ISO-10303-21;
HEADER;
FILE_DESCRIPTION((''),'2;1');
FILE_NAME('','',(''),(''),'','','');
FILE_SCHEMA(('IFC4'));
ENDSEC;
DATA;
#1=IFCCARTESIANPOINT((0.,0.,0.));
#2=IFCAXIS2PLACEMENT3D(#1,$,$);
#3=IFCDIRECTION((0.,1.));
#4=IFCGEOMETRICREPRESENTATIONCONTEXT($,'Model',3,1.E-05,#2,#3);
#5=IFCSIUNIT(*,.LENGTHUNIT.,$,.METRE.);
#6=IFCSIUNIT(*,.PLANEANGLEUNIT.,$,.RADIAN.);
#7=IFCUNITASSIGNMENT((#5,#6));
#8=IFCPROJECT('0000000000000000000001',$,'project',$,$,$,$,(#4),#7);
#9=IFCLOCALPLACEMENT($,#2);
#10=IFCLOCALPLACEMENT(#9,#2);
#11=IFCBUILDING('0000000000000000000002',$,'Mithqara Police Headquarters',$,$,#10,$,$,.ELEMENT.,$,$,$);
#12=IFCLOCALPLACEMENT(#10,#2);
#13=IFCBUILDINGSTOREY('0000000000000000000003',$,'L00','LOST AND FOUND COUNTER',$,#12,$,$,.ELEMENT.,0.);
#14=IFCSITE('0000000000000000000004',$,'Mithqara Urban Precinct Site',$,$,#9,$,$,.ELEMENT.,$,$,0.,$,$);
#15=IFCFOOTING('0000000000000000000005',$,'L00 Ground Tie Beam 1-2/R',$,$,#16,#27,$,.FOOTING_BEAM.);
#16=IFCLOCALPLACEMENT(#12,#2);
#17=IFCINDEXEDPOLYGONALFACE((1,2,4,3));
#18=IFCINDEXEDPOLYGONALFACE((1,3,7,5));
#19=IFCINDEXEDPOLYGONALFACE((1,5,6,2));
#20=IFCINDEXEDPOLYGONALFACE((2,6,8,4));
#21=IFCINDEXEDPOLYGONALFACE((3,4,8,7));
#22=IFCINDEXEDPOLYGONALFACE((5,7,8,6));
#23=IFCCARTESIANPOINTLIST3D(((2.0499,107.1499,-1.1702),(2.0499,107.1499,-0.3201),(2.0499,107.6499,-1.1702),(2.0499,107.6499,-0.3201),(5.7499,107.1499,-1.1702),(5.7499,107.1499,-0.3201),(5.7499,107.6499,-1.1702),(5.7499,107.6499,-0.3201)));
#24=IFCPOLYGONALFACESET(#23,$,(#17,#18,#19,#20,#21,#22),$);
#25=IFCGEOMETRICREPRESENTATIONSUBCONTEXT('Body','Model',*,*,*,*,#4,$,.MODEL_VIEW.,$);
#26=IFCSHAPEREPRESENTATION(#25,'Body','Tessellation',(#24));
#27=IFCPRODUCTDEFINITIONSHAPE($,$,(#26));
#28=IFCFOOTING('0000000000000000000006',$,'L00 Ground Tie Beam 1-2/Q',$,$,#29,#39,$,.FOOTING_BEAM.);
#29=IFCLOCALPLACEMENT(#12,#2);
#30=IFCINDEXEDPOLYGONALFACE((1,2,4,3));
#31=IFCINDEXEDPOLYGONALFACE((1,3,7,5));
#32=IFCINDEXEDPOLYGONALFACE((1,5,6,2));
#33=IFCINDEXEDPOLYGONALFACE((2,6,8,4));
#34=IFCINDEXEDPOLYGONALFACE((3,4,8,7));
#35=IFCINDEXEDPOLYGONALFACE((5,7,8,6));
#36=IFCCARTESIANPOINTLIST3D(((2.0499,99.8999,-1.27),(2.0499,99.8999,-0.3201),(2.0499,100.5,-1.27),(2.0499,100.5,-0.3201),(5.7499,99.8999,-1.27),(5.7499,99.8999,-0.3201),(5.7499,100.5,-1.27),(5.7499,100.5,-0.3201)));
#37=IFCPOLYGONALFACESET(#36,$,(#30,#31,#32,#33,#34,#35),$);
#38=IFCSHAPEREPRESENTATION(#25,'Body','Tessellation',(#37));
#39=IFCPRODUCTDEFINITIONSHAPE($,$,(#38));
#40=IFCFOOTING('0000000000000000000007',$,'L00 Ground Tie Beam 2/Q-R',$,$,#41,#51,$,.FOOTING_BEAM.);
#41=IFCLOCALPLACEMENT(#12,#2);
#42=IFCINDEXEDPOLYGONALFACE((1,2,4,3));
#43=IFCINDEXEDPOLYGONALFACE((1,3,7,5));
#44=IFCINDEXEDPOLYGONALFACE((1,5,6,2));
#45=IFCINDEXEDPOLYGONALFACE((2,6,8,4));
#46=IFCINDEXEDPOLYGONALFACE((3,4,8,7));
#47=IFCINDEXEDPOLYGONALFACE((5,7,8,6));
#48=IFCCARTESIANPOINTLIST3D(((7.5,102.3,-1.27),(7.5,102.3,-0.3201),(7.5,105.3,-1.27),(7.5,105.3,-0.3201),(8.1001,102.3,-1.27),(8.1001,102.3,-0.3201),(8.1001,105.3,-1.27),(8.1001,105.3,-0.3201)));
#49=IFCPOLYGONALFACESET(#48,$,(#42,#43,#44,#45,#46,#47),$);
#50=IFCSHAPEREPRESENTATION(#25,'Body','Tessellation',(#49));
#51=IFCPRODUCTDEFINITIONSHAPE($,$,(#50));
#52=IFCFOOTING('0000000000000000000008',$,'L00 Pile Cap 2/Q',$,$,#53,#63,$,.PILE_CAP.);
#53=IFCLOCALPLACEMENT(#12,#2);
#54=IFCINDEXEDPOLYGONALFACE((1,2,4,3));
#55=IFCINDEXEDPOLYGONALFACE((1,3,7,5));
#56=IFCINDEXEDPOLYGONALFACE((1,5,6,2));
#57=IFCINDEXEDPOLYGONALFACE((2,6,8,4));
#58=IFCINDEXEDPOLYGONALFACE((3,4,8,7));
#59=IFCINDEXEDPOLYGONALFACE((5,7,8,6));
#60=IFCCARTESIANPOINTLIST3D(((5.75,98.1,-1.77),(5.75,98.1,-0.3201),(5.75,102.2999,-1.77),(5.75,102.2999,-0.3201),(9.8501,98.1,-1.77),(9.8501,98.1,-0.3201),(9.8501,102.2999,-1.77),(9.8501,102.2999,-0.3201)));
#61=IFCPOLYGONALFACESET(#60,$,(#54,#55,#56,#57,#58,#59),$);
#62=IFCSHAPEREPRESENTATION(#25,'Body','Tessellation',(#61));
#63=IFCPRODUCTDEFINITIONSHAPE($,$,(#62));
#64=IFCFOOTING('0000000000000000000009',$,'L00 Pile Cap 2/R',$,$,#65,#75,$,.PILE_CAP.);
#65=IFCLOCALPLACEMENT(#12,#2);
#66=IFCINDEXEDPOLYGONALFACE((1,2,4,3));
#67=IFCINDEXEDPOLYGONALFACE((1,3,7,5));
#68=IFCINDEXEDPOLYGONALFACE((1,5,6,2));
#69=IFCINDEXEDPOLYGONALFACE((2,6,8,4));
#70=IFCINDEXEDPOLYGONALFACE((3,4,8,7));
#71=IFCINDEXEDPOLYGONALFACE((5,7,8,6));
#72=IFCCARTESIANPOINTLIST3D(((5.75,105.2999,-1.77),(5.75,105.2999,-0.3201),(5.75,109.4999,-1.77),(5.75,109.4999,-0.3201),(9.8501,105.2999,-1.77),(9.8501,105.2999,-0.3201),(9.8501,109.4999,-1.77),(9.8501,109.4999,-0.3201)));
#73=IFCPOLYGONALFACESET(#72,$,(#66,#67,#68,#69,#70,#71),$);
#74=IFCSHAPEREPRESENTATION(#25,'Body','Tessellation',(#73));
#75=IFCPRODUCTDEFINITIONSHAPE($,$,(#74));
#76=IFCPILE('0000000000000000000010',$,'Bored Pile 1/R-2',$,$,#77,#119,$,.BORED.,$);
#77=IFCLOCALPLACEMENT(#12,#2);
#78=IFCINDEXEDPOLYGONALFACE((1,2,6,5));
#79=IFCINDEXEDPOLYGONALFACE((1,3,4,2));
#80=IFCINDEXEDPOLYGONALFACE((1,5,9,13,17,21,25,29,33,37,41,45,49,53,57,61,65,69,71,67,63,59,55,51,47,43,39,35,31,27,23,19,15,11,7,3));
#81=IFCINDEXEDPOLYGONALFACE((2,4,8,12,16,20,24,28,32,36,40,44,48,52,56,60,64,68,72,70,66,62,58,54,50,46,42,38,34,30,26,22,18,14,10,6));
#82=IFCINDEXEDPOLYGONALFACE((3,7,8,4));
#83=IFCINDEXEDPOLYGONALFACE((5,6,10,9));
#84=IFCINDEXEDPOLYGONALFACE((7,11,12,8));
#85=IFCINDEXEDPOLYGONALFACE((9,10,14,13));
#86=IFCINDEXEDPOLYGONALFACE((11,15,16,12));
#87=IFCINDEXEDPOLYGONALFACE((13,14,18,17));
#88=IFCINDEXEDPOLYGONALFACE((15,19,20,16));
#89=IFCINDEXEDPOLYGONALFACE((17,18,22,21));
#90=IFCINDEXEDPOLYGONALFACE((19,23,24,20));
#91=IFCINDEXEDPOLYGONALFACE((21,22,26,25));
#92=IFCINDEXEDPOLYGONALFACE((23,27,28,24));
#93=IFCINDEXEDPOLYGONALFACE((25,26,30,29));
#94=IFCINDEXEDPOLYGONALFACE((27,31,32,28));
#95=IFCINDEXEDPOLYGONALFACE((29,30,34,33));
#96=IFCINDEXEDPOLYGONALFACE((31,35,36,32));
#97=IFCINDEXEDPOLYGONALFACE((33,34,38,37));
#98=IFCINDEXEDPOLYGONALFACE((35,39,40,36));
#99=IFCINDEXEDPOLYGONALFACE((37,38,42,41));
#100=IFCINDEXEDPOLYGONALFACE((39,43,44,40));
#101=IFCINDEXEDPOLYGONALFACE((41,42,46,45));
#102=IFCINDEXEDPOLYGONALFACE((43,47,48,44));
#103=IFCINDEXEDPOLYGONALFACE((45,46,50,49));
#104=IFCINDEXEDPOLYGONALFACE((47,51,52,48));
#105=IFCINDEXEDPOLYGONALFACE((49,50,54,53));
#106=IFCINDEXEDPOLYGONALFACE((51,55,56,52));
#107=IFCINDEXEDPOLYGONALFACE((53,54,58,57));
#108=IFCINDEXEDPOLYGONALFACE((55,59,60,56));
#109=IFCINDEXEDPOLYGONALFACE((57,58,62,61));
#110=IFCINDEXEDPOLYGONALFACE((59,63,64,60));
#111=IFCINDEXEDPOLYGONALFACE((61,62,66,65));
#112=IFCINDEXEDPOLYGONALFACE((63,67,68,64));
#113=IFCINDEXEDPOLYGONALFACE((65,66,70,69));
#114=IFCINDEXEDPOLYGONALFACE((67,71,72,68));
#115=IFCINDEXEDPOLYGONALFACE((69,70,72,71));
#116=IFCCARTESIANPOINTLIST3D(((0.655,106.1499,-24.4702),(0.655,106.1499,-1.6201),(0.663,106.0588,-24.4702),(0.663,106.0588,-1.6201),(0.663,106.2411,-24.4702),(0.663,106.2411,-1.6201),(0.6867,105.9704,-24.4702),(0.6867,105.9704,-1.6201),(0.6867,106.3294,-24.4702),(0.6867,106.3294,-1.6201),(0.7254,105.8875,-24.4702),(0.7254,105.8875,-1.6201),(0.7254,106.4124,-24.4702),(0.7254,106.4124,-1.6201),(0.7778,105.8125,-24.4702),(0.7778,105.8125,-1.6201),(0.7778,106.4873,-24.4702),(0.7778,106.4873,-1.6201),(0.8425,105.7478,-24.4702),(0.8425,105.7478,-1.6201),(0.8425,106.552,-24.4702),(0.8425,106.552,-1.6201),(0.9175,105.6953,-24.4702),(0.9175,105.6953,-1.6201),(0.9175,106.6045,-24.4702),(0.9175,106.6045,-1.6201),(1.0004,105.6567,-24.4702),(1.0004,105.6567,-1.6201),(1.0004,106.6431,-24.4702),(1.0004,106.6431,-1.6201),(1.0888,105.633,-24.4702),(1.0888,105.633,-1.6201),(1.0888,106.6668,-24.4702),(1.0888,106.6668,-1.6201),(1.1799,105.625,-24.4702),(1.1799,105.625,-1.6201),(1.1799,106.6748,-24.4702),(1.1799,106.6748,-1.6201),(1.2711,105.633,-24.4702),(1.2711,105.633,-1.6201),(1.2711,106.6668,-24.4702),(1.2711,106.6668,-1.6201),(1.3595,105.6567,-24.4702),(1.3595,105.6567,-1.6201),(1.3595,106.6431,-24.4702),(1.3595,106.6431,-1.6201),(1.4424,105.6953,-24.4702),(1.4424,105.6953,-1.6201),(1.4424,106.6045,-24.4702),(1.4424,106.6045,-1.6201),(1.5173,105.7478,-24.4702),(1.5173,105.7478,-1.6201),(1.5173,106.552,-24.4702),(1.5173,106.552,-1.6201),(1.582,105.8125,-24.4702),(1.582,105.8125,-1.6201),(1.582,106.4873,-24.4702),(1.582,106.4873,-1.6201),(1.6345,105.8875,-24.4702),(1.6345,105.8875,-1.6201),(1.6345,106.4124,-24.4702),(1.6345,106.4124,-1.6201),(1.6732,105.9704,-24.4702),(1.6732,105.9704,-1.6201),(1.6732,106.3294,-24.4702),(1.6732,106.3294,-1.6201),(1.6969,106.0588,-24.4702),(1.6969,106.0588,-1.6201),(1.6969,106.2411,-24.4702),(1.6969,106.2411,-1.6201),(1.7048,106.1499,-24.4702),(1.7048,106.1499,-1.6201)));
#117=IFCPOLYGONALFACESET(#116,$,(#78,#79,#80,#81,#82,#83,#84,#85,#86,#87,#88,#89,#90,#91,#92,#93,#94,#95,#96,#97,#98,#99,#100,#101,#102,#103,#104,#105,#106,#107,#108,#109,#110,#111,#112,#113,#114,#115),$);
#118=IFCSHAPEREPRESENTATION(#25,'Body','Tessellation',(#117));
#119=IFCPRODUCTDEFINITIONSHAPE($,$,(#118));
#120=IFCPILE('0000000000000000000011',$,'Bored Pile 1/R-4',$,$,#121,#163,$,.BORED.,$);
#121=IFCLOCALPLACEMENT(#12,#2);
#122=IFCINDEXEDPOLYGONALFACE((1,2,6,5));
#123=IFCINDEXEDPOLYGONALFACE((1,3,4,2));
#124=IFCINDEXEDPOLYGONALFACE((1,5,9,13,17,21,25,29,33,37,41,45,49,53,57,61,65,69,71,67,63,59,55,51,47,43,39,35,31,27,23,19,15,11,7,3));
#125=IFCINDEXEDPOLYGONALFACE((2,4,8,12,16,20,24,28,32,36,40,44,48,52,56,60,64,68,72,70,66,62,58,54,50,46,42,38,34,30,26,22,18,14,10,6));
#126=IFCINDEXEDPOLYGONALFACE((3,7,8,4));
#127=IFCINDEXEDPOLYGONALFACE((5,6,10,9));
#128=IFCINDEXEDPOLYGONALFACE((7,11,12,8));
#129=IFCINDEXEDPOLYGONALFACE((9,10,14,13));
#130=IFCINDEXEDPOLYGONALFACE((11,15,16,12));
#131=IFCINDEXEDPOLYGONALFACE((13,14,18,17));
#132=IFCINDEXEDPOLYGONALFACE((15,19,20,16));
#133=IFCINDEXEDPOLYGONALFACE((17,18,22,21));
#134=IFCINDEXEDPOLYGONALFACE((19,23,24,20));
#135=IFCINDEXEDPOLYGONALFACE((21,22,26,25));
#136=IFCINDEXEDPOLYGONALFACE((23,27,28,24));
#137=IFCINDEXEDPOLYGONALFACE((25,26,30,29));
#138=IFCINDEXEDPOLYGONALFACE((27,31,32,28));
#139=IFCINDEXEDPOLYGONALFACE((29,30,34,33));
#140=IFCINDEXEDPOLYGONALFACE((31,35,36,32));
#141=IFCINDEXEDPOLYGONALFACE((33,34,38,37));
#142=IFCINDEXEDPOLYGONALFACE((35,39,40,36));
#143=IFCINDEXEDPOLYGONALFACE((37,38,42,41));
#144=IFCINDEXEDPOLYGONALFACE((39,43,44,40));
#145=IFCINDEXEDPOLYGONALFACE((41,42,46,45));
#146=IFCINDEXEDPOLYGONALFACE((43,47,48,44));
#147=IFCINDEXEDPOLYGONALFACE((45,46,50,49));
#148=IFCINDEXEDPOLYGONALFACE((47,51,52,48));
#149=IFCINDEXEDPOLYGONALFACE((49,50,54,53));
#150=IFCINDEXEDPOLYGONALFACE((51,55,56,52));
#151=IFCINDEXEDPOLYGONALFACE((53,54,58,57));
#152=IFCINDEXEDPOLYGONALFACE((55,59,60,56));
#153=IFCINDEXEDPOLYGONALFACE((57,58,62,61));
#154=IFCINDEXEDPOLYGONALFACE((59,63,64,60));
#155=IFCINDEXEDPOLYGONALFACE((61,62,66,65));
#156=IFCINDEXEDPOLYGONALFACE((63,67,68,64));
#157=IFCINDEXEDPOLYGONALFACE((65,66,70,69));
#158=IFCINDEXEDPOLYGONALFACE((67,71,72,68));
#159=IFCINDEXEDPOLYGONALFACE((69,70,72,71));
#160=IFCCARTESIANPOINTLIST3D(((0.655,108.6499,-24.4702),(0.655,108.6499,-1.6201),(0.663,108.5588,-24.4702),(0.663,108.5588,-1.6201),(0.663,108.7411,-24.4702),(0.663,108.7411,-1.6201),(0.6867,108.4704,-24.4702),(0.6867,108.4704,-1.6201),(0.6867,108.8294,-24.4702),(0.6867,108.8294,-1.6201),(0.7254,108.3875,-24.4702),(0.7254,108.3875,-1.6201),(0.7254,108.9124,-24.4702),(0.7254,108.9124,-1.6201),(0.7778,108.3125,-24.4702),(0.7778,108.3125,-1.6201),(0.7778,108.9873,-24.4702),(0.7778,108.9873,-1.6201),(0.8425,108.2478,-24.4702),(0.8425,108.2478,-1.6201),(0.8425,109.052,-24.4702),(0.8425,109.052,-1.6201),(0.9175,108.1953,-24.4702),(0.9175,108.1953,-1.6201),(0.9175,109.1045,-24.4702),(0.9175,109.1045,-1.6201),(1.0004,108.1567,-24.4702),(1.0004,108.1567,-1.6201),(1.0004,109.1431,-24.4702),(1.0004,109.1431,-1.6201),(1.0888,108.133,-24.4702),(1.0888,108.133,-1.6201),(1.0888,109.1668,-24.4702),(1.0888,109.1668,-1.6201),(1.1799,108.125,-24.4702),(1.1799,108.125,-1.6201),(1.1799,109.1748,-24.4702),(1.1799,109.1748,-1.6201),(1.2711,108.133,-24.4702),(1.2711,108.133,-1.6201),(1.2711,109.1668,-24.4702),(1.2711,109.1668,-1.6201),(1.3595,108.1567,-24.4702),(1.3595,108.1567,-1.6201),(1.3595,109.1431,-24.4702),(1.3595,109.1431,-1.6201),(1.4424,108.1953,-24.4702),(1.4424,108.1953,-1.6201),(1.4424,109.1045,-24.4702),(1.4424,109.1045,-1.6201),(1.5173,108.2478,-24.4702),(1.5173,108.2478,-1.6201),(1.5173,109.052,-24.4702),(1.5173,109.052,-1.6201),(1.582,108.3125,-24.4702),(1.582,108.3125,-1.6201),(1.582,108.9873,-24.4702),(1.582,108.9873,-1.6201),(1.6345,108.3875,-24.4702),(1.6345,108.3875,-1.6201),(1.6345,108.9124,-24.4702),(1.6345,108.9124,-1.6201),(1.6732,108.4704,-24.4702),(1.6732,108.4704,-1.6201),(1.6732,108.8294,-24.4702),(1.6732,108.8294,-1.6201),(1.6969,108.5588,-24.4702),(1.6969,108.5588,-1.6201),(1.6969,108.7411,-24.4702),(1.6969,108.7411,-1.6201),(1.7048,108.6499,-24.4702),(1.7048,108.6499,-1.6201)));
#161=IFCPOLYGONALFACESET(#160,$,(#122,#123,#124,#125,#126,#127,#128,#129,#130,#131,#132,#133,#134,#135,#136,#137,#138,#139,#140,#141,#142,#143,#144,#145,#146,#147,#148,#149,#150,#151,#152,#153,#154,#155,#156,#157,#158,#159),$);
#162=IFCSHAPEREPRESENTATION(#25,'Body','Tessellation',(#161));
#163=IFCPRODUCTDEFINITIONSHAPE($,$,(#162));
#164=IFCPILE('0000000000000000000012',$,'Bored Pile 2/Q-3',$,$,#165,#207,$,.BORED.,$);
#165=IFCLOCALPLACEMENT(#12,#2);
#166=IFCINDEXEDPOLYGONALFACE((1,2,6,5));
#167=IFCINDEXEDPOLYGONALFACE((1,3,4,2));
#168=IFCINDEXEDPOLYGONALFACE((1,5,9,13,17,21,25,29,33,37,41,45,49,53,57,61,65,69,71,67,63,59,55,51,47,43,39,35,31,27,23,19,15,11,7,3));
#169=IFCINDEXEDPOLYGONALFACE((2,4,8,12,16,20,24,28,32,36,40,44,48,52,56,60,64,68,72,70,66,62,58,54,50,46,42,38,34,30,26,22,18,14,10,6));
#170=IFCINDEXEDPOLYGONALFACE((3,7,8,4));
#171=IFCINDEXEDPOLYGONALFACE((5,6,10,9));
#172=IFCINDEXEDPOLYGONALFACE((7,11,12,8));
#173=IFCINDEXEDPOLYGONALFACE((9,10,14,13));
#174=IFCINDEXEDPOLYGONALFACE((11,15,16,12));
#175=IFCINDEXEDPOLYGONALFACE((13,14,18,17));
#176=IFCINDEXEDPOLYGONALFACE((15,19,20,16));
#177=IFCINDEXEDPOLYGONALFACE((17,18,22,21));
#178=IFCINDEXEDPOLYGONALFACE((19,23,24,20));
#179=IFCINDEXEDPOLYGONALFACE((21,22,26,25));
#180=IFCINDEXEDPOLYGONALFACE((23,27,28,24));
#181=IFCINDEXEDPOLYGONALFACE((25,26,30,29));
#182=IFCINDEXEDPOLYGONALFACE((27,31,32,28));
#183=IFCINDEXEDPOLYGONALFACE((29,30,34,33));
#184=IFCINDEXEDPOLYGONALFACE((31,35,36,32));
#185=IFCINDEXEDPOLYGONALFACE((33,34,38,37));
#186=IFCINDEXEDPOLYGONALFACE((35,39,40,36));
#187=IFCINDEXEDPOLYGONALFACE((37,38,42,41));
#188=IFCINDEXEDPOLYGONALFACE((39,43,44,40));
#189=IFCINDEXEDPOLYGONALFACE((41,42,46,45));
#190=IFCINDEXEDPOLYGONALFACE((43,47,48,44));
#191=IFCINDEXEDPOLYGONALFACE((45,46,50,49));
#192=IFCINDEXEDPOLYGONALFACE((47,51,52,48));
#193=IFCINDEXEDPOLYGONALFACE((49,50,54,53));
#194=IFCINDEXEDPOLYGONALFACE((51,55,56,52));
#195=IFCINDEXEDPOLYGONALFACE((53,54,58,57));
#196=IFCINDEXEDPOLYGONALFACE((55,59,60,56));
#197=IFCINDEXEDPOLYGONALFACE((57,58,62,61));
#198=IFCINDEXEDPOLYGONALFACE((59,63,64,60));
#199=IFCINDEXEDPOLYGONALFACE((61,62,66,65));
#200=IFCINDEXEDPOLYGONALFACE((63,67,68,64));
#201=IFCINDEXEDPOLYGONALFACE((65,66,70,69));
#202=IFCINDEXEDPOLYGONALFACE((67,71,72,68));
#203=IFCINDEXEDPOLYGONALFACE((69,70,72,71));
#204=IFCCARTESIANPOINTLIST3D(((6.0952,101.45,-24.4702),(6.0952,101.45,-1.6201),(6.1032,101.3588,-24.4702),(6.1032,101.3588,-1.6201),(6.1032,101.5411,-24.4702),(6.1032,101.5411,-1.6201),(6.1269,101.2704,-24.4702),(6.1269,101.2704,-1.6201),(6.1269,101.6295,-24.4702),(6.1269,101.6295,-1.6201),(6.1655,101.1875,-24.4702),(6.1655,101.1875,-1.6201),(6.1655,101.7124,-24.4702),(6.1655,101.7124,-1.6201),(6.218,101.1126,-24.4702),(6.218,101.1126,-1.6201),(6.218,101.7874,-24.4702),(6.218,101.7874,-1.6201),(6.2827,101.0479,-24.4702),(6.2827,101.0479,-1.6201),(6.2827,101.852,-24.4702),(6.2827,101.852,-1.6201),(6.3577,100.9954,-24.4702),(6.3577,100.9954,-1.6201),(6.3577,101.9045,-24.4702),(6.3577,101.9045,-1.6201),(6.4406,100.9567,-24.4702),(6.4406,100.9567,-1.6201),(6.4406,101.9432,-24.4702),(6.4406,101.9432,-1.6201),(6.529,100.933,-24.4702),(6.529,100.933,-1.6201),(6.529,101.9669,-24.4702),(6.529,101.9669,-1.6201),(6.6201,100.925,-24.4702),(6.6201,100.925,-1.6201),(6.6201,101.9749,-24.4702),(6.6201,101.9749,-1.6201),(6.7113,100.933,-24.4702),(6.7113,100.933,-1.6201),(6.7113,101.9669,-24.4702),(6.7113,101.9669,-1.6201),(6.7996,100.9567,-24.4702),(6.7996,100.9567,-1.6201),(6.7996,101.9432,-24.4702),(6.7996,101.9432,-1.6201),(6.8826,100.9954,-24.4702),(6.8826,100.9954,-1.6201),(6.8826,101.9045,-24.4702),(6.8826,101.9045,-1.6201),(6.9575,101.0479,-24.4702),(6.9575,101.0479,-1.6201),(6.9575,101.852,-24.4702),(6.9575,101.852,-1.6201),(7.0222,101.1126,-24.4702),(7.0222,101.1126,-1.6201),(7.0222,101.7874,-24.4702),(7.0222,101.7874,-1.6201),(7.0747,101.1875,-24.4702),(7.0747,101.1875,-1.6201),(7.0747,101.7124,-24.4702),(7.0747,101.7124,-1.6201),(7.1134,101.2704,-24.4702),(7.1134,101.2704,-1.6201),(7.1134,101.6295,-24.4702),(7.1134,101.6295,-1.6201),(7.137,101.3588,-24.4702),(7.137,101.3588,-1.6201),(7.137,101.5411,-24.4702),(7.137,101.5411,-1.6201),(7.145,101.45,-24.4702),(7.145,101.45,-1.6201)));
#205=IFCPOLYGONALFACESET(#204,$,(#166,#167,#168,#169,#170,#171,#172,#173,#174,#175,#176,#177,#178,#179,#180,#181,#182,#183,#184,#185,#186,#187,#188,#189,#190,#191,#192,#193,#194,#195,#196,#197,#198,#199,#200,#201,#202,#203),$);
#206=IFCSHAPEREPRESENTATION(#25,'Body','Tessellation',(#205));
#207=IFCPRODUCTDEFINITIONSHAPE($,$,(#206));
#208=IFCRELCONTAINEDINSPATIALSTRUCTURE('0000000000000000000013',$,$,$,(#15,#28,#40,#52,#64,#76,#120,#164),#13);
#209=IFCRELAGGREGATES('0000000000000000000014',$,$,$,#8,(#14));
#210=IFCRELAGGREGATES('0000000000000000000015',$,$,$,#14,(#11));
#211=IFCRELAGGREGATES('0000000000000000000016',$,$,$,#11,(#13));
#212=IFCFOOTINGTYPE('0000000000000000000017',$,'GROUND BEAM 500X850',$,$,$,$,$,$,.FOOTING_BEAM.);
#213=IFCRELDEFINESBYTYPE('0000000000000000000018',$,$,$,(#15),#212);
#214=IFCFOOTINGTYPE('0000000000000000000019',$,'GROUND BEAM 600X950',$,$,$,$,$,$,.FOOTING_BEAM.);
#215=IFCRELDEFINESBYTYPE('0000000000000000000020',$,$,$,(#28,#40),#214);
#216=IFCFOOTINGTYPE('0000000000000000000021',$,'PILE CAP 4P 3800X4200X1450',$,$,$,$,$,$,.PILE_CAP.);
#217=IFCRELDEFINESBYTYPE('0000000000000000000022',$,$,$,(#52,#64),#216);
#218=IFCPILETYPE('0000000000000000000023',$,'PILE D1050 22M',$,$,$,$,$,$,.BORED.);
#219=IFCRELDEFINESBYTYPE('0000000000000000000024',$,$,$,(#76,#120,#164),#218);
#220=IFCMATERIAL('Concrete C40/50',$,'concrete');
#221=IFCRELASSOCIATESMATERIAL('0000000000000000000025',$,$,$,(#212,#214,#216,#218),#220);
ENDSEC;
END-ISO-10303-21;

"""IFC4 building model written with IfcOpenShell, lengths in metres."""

from ifc_helpers import new_model, si_unit, direction, frame, origin, origin_2d, place, context, subcontext, project, spatial, rectangle, circle, extrude, material, material_profile, profile_set, type_object, element, save


model = new_model("IFC4")

# Units and contexts
model_context = context("Model", 3, precision=1e-05, world=origin(), true_north=direction((0.0, 1.0)))
body_context = subcontext(model_context, "Body", "Model", "MODEL_VIEW")
ifc_project = project(units=[si_unit("LENGTHUNIT", "METRE"), si_unit("PLANEANGLEUNIT", "RADIAN")], contexts=[model_context])

# Site, building, storey
site_placement = place(None, origin())
site = spatial("IfcSite", under=ifc_project, at=site_placement, Name="Mithqara Urban Precinct Site", CompositionType="ELEMENT", RefElevation=0.0)
building_placement = place(site_placement, origin())
building = spatial("IfcBuilding", under=site, at=building_placement, Name="Mithqara Police Headquarters", CompositionType="ELEMENT")
storey_placement = place(building_placement, origin())
storey = spatial("IfcBuildingStorey", under=building, at=storey_placement, Name="L00", Description="LOST AND FOUND COUNTER", CompositionType="ELEMENT", Elevation=0.0)

# Footings
ifc_material_1 = material(Name="Concrete C40/50", Category="concrete")
footing_type_1 = type_object("IfcFootingType", Name="GROUND BEAM 500X850", PredefinedType="FOOTING_BEAM", material=ifc_material_1)
footing_1_placement = place(storey_placement, frame((3.8999, 107.3999, -1.1702), z_axis=(0.0, 0.0, 1.0), x_axis=(1.0, 0.0, 0.0)))
element("IfcFooting", 1, at=footing_1_placement, inside=storey, type_object=footing_type_1, Name="L00 Ground Tie Beam 1-2/R", PredefinedType="FOOTING_BEAM", context=body_context, shape_type="SweptSolid", body=[
    extrude(rectangle(XDim=3.7, YDim=0.5, at=origin_2d()), origin(), (0.0, 0.0, 1.0), 0.8501),
])
footing_type_2 = type_object("IfcFootingType", Name="GROUND BEAM 600X950", PredefinedType="FOOTING_BEAM", material=ifc_material_1)
footing_2_placement = place(storey_placement, frame((3.8999, 100.2, -1.27), z_axis=(0.0, 0.0, 1.0), x_axis=(1.0, 0.0, 0.0)))
element("IfcFooting", 2, at=footing_2_placement, inside=storey, type_object=footing_type_2, Name="L00 Ground Tie Beam 1-2/Q", PredefinedType="FOOTING_BEAM", context=body_context, shape_type="SweptSolid", body=[
    extrude(rectangle(XDim=3.7, YDim=0.6001, at=origin_2d()), origin(), (0.0, 0.0, 1.0), 0.95),
])
footing_3_placement = place(storey_placement, frame((7.8, 103.8, -1.27), z_axis=(0.0, 0.0, 1.0), x_axis=(1.0, 0.0, 0.0)))
element("IfcFooting", 3, at=footing_3_placement, inside=storey, type_object=footing_type_2, Name="L00 Ground Tie Beam 2/Q-R", PredefinedType="FOOTING_BEAM", context=body_context, shape_type="SweptSolid", body=[
    extrude(rectangle(XDim=0.6001, YDim=3.0, at=origin_2d()), origin(), (0.0, 0.0, 1.0), 0.95),
])
footing_type_3 = type_object("IfcFootingType", Name="PILE CAP 4P 3800X4200X1450", PredefinedType="PILE_CAP", material=ifc_material_1)
for number, where, z_axis, x_axis, name in (
    (4, (7.8, 100.2, -1.77), (0.0, 0.0, 1.0), (1.0, 0.0, 0.0), "L00 Pile Cap 2/Q"),
    (5, (7.8, 107.3999, -1.77), (0.0, 0.0, 1.0), (1.0, 0.0, 0.0), "L00 Pile Cap 2/R"),
):
    element("IfcFooting", number, at=place(storey_placement, frame(where, z_axis=z_axis, x_axis=x_axis)), inside=storey, type_object=footing_type_3, Name=name, PredefinedType="PILE_CAP", context=body_context, shape_type="SweptSolid", body=[
        extrude(rectangle(XDim=4.1001, YDim=4.2, at=origin_2d()), origin(), (0.0, 0.0, 1.0), 1.45),
    ])

# Piles
ifc_material_profile_1 = material_profile(ifc_material_1, circle(Radius=0.5249, at=origin_2d()), Name="PILE D1050")
ifc_profile_set_1 = profile_set([ifc_material_profile_1], Name="Concrete C40/50")
pile_type = type_object("IfcPileType", Name="PILE D1050 22M", PredefinedType="BORED", material=ifc_profile_set_1)
for number, where, z_axis, x_axis, name in (
    (6, (1.1799, 106.1499, -1.6201), (0.0, 0.0, -1.0), (1.0, 0.0, 0.0), "Bored Pile 1/R-2"),
    (7, (1.1799, 108.6499, -1.6201), (0.0, 0.0, -1.0), (1.0, 0.0, 0.0), "Bored Pile 1/R-4"),
    (8, (6.6201, 101.45, -1.6201), (0.0, 0.0, -1.0), (1.0, 0.0, 0.0), "Bored Pile 2/Q-3"),
):
    element("IfcPile", number, at=place(storey_placement, frame(where, z_axis=z_axis, x_axis=x_axis)), inside=storey, type_object=pile_type, Name=name, PredefinedType="BORED", context=body_context, shape_type="SweptSolid", body=[
        extrude(circle(Radius=0.5249, at=origin_2d()), origin(), (0.0, 0.0, 1.0), 22.8501),
    ])

save(model, "model.ifc")
